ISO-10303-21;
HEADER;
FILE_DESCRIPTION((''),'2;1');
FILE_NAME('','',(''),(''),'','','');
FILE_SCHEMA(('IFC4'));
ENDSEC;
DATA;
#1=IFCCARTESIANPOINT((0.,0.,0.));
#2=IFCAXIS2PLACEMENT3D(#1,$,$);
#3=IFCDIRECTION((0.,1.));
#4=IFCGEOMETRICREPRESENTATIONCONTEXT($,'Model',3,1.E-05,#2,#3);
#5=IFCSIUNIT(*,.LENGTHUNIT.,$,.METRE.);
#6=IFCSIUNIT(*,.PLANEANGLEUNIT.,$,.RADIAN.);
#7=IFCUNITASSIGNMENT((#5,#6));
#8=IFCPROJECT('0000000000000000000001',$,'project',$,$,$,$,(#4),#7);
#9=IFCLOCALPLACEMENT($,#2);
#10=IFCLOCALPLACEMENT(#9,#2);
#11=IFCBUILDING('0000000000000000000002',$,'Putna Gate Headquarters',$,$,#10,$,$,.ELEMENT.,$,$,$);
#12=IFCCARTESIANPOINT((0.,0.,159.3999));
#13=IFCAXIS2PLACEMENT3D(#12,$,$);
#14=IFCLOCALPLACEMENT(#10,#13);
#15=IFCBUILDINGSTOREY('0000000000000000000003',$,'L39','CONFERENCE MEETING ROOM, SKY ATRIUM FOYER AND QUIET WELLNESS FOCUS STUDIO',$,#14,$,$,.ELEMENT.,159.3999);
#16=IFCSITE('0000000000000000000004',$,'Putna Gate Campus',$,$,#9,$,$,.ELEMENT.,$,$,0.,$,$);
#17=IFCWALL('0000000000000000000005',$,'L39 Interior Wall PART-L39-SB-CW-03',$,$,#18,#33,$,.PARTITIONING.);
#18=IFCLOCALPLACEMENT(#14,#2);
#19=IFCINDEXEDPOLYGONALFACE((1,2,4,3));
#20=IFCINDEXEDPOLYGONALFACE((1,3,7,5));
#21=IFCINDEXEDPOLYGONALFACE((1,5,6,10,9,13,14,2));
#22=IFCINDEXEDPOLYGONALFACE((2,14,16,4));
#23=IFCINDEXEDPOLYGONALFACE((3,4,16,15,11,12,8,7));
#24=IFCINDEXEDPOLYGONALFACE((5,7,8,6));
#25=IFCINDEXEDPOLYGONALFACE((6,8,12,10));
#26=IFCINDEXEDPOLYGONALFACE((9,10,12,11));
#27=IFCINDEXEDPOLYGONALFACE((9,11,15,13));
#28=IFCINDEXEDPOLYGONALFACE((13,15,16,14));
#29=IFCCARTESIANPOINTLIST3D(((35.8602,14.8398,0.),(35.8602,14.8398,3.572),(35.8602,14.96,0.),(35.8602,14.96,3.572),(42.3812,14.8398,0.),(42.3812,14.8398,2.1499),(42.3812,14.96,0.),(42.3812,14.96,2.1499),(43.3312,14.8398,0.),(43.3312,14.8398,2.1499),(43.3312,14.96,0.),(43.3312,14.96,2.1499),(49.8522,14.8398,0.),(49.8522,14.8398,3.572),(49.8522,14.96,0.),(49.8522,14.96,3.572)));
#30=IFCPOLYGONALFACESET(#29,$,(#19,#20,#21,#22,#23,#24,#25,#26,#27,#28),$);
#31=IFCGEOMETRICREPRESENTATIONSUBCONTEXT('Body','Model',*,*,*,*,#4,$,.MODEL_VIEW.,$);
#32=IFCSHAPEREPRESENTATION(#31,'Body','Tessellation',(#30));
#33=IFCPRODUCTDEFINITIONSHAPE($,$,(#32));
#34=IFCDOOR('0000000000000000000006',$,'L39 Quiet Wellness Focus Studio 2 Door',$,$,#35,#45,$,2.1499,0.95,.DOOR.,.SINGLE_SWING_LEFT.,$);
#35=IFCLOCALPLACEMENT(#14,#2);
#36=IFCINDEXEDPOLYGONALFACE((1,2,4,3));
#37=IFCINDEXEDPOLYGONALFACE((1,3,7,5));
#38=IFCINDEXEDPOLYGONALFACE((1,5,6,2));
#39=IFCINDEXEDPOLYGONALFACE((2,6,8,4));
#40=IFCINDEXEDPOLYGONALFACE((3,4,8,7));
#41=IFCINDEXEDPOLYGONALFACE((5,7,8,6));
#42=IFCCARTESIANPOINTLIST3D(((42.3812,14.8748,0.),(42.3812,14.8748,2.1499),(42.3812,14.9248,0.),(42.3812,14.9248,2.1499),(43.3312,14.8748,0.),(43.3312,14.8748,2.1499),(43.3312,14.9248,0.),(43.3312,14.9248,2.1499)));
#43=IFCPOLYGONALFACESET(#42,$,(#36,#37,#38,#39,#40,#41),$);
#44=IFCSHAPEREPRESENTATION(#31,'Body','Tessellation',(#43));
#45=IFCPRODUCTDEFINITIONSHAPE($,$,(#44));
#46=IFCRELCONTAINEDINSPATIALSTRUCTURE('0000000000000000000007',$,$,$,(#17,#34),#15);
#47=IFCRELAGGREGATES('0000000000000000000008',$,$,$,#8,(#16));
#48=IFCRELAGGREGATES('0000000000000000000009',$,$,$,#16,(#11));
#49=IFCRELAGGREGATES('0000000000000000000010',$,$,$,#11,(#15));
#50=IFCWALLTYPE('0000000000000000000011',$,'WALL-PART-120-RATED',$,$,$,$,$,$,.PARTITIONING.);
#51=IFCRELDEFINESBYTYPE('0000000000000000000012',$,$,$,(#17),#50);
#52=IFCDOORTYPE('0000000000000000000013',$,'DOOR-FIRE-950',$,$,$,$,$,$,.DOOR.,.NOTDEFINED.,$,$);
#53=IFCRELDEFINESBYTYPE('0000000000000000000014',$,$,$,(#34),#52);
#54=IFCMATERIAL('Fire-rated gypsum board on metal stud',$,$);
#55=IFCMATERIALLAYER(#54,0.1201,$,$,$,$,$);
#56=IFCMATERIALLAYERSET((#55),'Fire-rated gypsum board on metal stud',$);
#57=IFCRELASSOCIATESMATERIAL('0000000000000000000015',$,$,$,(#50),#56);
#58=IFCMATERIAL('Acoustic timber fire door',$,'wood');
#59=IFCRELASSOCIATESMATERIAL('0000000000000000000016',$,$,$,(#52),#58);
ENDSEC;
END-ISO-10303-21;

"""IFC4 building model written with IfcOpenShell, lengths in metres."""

from ifc_helpers import new_model, si_unit, direction, frame, frame_2d, origin, place, context, subcontext, project, spatial, rectangle, extrude, material, layer, layer_set, type_object, element, fill, save


model = new_model("IFC4")

# Units and contexts
model_context = context("Model", 3, precision=1e-05, world=origin(), true_north=direction((0.0, 1.0)))
body_context = subcontext(model_context, "Body", "Model", "MODEL_VIEW")
ifc_project = project(units=[si_unit("LENGTHUNIT", "METRE"), si_unit("PLANEANGLEUNIT", "RADIAN")], contexts=[model_context])

# Site, building, storey
site_placement = place(None, origin())
site = spatial("IfcSite", under=ifc_project, at=site_placement, Name="Putna Gate Campus", CompositionType="ELEMENT", RefElevation=0.0)
building_placement = place(site_placement, origin())
building = spatial("IfcBuilding", under=site, at=building_placement, Name="Putna Gate Headquarters", CompositionType="ELEMENT")
storey_placement = place(building_placement, frame((0.0, 0.0, 159.3999)))
storey = spatial("IfcBuildingStorey", under=building, at=storey_placement, Name="L39", Description="CONFERENCE MEETING ROOM, SKY ATRIUM FOYER AND QUIET WELLNESS FOCUS STUDIO", CompositionType="ELEMENT", Elevation=159.3999)

# Wall, opening, door
ifc_material_1 = material(Name="Fire-rated gypsum board on metal stud")
ifc_layer_1 = layer(ifc_material_1, 0.1201)
ifc_layer_set_1 = layer_set([ifc_layer_1], Name="Fire-rated gypsum board on metal stud")
wall_type_1 = type_object("IfcWallType", Name="WALL-PART-120-RATED", PredefinedType="PARTITIONING", material=ifc_layer_set_1)
wall_1_placement = place(storey_placement, frame((35.8601, 14.8999, 0.0), z_axis=(0.0, 0.0, 1.0), x_axis=(1.0, 0.0, 0.0)))
wall_1 = element("IfcWall", 1, at=wall_1_placement, inside=storey, type_object=wall_type_1, Name="L39 Interior Wall PART-L39-SB-CW-03", PredefinedType="PARTITIONING", context=body_context, shape_type="SweptSolid", body=[
    extrude(rectangle(XDim=13.9919, YDim=0.1201, at=frame_2d((6.9961, 0.0))), origin(), (0.0, 0.0, 1.0), 3.572),
])
opening_placement = place(wall_1_placement, frame((6.521, 0.0, 0.0)))
opening = element("IfcOpeningElement", 2, at=opening_placement, cuts=wall_1, PredefinedType="OPENING", context=body_context, shape_type="SweptSolid", body=[
    extrude(rectangle(XDim=0.95, YDim=2.1499, at=frame_2d((0.4751, 1.075))), frame((0.0, 0.0701, 0.0), z_axis=(0.0, -1.0, 0.0), x_axis=(1.0, 0.0, 0.0)), (0.0, 0.0, 1.0), 0.1401),
])
ifc_material_2 = material(Name="Acoustic timber fire door", Category="wood")
door_type = type_object("IfcDoorType", Name="DOOR-FIRE-950", OperationType="NOTDEFINED", PredefinedType="DOOR", material=ifc_material_2)
door_placement = place(opening_placement, origin())
door = element("IfcDoor", 3, at=door_placement, inside=storey, type_object=door_type, Name="L39 Quiet Wellness Focus Studio 2 Door", OperationType="SINGLE_SWING_LEFT", OverallHeight=2.1499, OverallWidth=0.95, PredefinedType="DOOR", context=body_context, shape_type="SweptSolid", body=[
    extrude(rectangle(XDim=0.95, YDim=2.1499, at=frame_2d((0.4751, 1.075))), frame((0.0, 0.0249, 0.0), z_axis=(0.0, -1.0, 0.0), x_axis=(1.0, 0.0, 0.0)), (0.0, 0.0, 1.0), 0.05),
])
fill(opening, door)

save(model, "model.ifc")
